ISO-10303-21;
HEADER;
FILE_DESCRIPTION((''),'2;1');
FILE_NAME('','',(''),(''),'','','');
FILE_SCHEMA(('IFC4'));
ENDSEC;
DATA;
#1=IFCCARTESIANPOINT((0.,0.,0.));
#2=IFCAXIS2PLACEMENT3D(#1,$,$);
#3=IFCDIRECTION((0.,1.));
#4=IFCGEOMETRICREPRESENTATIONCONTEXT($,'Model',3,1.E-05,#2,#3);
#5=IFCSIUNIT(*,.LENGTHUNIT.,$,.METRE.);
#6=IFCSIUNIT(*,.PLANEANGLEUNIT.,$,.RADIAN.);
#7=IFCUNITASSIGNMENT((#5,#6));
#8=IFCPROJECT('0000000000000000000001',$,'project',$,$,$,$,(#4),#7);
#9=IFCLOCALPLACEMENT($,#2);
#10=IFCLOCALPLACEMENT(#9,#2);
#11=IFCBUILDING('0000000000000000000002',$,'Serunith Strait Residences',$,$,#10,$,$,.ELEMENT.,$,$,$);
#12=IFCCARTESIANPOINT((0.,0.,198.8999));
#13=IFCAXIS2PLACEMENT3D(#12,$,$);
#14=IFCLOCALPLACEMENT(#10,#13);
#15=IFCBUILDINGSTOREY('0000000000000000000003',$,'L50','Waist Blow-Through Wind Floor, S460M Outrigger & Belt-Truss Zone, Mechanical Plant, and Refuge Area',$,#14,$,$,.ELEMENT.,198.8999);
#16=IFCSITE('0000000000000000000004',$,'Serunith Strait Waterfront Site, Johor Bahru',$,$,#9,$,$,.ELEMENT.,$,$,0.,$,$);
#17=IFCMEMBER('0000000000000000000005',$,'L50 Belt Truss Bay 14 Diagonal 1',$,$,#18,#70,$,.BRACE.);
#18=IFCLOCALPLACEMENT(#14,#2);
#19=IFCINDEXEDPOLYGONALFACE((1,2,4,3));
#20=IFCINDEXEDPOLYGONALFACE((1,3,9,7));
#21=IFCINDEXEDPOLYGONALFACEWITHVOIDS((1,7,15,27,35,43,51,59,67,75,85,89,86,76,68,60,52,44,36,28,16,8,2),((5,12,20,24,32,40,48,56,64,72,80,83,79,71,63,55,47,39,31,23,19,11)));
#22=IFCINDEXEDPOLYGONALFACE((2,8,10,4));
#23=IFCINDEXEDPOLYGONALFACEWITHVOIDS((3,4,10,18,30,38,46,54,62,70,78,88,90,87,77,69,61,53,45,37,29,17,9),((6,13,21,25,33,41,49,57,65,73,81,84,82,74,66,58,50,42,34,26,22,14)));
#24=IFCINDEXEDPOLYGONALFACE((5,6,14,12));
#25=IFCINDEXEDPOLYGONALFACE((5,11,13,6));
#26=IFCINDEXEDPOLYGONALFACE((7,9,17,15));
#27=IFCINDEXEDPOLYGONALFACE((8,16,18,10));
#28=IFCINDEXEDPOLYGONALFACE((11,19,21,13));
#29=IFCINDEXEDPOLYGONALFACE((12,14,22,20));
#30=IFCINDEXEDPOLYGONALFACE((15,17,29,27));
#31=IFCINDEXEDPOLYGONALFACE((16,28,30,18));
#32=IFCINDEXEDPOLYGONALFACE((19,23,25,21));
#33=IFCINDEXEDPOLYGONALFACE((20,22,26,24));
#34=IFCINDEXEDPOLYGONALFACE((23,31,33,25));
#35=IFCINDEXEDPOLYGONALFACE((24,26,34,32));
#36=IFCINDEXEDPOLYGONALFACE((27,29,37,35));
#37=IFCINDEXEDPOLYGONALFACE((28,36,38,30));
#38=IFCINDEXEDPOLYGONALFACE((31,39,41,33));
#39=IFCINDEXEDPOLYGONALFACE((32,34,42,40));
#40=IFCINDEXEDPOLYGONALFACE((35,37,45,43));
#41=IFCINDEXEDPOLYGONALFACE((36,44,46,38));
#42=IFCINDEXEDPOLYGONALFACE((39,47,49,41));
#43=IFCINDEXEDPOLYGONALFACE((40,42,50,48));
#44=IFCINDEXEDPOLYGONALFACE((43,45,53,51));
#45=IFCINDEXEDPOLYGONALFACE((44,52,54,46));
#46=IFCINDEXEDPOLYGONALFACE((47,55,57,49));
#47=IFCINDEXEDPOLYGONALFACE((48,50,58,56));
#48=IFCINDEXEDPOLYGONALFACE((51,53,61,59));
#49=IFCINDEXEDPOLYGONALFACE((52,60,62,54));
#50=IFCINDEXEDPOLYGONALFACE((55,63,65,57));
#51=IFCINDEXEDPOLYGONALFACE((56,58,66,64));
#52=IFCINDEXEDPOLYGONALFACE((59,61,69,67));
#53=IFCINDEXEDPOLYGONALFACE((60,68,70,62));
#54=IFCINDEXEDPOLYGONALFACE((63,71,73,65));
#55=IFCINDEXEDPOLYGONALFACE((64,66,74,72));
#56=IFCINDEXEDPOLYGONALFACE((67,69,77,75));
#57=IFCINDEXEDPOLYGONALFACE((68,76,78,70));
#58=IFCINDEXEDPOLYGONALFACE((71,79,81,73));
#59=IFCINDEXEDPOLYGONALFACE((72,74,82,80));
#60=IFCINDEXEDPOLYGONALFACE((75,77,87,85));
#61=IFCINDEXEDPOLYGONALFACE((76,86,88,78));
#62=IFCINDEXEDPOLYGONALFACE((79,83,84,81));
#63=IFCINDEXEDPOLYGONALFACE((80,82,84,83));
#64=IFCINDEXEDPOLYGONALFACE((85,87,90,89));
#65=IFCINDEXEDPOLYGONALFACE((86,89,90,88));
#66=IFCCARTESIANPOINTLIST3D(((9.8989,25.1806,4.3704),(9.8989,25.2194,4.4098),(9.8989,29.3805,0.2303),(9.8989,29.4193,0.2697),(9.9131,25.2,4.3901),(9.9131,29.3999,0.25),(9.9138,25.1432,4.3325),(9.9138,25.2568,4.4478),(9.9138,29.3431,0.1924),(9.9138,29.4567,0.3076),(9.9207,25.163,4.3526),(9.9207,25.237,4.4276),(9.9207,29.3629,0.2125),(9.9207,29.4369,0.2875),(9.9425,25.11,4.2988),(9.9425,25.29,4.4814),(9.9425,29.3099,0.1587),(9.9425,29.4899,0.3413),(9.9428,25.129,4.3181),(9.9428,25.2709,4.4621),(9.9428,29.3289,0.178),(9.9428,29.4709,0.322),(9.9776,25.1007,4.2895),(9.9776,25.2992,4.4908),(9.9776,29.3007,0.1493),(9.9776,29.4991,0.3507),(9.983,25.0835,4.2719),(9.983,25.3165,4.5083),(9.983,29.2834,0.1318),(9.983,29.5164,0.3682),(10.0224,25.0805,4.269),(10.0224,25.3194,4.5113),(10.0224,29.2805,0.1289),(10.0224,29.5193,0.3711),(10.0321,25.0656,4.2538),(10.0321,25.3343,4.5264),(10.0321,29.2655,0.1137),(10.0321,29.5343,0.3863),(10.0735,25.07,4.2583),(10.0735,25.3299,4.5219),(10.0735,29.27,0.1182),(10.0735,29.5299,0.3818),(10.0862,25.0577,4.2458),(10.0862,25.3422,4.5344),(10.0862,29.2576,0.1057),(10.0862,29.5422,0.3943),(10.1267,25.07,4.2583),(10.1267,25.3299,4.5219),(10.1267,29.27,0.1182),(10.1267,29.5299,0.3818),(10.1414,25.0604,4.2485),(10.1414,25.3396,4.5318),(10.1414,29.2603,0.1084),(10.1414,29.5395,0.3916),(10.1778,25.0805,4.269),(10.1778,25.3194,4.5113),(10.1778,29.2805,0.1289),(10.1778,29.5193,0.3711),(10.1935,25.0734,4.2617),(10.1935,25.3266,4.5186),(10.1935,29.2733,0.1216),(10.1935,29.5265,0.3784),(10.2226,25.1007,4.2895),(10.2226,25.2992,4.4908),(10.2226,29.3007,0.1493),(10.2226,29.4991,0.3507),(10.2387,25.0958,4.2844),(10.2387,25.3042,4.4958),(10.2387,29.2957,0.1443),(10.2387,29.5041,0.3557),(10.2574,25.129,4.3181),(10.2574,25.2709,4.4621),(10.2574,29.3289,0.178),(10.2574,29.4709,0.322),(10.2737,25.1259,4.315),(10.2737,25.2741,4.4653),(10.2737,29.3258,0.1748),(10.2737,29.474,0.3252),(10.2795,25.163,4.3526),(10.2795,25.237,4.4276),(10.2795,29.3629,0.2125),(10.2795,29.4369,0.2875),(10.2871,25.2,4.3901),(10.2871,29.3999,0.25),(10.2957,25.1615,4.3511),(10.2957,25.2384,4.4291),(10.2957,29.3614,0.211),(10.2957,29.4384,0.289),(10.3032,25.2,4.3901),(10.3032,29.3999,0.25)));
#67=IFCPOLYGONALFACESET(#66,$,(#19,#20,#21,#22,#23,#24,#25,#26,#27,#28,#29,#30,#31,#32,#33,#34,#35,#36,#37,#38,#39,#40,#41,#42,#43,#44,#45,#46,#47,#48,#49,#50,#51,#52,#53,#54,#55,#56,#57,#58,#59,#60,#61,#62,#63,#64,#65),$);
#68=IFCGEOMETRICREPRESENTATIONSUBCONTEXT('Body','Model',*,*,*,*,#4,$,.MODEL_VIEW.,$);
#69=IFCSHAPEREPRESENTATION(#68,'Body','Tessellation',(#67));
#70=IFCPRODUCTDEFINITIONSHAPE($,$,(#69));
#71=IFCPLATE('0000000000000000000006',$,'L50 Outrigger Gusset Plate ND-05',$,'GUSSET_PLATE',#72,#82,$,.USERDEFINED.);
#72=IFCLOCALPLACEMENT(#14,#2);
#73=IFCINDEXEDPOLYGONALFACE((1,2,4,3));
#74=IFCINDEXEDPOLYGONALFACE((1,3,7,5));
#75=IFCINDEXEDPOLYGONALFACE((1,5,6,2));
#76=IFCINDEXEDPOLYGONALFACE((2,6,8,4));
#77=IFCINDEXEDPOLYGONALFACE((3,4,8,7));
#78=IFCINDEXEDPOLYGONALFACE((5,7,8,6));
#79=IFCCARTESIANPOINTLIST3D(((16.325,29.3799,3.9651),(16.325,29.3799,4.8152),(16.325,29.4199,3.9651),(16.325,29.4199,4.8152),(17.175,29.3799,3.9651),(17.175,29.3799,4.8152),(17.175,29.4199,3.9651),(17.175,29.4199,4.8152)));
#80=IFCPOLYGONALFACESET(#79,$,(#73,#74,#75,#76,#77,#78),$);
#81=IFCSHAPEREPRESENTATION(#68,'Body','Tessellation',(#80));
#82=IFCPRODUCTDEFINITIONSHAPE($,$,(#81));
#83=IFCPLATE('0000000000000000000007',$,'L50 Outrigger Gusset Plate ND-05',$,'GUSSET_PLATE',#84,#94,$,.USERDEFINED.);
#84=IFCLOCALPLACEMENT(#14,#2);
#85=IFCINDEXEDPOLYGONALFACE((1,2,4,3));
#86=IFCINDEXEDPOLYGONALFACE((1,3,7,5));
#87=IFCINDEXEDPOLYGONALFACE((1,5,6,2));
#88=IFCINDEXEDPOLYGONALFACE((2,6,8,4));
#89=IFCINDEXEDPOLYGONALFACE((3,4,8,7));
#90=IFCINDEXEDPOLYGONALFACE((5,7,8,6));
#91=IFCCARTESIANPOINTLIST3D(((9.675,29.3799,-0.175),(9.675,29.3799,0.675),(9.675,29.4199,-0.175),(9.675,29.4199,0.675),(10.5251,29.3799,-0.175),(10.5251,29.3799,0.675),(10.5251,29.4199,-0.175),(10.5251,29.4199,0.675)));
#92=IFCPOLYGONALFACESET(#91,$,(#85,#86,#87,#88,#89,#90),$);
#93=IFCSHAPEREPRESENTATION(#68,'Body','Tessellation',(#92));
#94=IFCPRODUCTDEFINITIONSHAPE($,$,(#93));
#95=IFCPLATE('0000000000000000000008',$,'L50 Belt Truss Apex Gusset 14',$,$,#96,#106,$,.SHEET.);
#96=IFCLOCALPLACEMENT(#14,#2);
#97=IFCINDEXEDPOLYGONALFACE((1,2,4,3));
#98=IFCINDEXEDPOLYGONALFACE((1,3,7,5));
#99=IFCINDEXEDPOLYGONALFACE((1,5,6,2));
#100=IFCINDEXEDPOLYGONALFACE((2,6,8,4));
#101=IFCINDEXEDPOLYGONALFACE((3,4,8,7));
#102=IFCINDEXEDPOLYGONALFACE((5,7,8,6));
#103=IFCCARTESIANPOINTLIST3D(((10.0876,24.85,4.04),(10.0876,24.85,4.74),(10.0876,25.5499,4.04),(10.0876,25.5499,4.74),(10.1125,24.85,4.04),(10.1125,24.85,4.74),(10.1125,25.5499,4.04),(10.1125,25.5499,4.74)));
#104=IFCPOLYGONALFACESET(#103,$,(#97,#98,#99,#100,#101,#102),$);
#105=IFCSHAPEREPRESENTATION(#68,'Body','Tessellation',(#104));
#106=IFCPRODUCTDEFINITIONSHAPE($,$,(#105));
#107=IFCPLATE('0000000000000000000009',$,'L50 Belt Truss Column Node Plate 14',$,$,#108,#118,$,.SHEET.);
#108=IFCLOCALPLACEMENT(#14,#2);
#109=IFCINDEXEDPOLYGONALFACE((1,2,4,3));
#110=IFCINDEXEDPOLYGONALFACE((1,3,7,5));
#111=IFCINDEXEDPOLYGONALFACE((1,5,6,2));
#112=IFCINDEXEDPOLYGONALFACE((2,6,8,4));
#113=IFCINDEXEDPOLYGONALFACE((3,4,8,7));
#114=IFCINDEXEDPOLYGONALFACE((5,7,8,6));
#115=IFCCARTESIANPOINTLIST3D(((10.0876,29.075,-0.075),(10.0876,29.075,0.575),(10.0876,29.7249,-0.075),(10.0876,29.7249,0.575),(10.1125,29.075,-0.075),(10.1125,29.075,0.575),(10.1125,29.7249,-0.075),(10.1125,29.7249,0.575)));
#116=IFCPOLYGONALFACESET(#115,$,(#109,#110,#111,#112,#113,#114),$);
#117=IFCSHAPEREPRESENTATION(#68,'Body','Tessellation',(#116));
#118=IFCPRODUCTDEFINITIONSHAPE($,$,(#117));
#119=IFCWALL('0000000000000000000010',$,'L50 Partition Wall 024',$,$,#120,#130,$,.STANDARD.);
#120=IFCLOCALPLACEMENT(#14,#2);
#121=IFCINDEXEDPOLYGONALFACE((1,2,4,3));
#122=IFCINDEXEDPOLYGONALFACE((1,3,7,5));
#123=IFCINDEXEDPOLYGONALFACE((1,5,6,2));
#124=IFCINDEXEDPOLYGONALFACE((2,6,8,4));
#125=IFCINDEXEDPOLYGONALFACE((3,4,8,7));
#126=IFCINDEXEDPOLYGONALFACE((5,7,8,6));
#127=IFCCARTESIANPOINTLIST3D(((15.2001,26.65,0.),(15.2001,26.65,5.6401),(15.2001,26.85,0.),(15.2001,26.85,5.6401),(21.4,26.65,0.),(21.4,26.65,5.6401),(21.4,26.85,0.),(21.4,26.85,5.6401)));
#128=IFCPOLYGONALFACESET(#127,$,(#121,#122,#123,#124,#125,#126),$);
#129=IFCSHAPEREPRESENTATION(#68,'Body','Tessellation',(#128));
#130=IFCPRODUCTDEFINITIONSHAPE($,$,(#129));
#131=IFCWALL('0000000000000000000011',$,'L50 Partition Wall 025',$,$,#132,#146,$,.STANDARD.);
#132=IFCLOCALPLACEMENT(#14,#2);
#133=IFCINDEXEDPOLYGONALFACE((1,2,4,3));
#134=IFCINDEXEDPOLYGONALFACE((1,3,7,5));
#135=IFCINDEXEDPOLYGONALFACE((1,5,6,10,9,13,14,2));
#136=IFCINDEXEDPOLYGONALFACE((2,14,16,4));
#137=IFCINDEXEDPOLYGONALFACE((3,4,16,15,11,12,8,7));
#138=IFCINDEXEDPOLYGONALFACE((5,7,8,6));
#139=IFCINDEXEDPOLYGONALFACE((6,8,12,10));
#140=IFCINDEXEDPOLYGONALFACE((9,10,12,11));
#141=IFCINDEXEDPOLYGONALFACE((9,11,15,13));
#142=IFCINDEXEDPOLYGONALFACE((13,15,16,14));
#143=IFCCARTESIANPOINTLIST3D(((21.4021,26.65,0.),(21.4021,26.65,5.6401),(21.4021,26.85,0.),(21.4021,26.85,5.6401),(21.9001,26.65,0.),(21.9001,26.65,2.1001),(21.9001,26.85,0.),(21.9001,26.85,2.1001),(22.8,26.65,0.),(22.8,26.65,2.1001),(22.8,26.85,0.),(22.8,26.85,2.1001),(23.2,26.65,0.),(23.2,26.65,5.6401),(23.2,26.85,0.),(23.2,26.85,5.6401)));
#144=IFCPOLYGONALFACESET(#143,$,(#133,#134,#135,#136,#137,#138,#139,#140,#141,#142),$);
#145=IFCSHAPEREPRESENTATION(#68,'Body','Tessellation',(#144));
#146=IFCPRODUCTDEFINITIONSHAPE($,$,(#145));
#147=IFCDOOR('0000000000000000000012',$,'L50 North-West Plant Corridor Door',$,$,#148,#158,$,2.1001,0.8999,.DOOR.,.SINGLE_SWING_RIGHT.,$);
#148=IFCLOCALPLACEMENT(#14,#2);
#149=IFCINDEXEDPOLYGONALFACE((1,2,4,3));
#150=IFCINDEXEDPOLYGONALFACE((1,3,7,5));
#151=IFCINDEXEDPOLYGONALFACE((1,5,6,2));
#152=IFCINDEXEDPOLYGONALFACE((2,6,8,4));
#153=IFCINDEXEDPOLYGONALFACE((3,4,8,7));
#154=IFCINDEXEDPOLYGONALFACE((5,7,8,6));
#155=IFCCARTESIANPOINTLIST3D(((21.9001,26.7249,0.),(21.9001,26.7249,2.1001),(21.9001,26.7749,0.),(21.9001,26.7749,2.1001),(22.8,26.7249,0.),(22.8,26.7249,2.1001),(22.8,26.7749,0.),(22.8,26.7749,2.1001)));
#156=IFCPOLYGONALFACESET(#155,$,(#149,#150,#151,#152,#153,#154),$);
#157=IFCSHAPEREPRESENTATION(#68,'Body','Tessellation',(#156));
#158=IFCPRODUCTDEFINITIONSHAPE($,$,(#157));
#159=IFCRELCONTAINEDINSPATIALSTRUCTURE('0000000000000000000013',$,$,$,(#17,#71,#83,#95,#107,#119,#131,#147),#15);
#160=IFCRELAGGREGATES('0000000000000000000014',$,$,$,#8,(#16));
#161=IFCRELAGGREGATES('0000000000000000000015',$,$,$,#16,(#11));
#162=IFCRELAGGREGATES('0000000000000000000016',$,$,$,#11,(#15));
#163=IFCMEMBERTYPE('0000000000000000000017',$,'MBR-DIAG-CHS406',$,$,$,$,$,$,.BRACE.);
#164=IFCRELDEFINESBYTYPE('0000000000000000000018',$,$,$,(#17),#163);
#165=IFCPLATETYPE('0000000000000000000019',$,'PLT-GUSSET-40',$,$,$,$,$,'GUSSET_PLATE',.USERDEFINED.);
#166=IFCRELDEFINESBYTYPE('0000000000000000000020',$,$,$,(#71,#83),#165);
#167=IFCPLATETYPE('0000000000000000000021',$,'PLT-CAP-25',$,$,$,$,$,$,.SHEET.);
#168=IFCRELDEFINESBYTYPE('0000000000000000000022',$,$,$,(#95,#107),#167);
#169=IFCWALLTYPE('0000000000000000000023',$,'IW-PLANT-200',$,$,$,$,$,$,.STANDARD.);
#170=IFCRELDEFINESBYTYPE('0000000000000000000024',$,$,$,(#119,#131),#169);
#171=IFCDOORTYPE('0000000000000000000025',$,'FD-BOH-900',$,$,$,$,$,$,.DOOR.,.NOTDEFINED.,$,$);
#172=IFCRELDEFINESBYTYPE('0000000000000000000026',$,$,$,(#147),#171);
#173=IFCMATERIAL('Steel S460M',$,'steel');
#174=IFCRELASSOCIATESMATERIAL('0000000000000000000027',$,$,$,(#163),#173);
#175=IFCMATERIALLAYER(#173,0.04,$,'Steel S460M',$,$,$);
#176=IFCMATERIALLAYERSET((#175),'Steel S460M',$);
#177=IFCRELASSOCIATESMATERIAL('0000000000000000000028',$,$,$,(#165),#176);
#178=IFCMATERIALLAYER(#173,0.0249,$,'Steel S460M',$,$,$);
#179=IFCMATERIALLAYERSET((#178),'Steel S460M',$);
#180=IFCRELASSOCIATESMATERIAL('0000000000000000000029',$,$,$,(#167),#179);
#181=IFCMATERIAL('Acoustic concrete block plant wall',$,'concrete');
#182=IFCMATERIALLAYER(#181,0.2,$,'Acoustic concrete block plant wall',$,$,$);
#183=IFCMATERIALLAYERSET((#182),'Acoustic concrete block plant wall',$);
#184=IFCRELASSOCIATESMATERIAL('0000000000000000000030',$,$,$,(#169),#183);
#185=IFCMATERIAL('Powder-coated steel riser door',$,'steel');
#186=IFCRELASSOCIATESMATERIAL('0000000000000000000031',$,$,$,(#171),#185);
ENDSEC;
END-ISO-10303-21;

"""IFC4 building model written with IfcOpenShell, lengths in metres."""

from ifc_helpers import new_model, si_unit, direction, frame, frame_2d, origin, origin_2d, place, context, subcontext, project, spatial, rectangle, hollow_circle, extrude, source, transform, mapped, material, layer, layer_set, material_profile, profile_set, type_object, element, fill, save


model = new_model("IFC4")

# Units and contexts
model_context = context("Model", 3, precision=1e-05, world=origin(), true_north=direction((0.0, 1.0)))
body_context = subcontext(model_context, "Body", "Model", "MODEL_VIEW")
ifc_project = project(units=[si_unit("LENGTHUNIT", "METRE"), si_unit("PLANEANGLEUNIT", "RADIAN")], contexts=[model_context])

# Site, building, storey
site_placement = place(None, origin())
site = spatial("IfcSite", under=ifc_project, at=site_placement, Name="Serunith Strait Waterfront Site, Johor Bahru", CompositionType="ELEMENT", RefElevation=0.0)
building_placement = place(site_placement, origin())
building = spatial("IfcBuilding", under=site, at=building_placement, Name="Serunith Strait Residences", CompositionType="ELEMENT")
storey_placement = place(building_placement, frame((0.0, 0.0, 198.8999)))
storey = spatial("IfcBuildingStorey", under=building, at=storey_placement, Name="L50", Description="Waist Blow-Through Wind Floor, S460M Outrigger & Belt-Truss Zone, Mechanical Plant, and Refuge Area", CompositionType="ELEMENT", Elevation=198.8999)

# Member
ifc_material_1 = material(Name="Steel S460M", Category="steel")
ifc_material_profile_1 = material_profile(ifc_material_1, hollow_circle(Radius=0.2031, WallThickness=0.0161, at=origin_2d()), Name="CHS 406.4x16")
ifc_profile_set_1 = profile_set([ifc_material_profile_1], Name="Steel S460M")
member_type_1 = type_object("IfcMemberType", Name="MBR-DIAG-CHS406", PredefinedType="BRACE", material=ifc_profile_set_1)
shared_shape_1 = source(origin(), body_context, "Body", "SweptSolid", [
    extrude(hollow_circle(Radius=0.2031, WallThickness=0.0161, at=origin_2d()), origin(), (0.0, 0.0, 1.0), 5.8975),
])
member_1_placement = place(storey_placement, frame((10.1001, 29.3999, 0.25), z_axis=(0.0, -0.71216, 0.702017), x_axis=(1.0, 0.0, 0.0)))
element("IfcMember", 1, at=member_1_placement, inside=storey, type_object=member_type_1, Name="L50 Belt Truss Bay 14 Diagonal 1", PredefinedType="BRACE", context=body_context, shape_type="MappedRepresentation", body=[
    mapped(shared_shape_1, transform((0.0, 0.0, 0.0), scale=1.0)),
])

# Plates
ifc_layer_1 = layer(ifc_material_1, 0.04, Name="Steel S460M")
ifc_layer_set_1 = layer_set([ifc_layer_1], Name="Steel S460M")
plate_type_1 = type_object("IfcPlateType", Name="PLT-GUSSET-40", ElementType="GUSSET_PLATE", PredefinedType="USERDEFINED", material=ifc_layer_set_1)
shared_shape_2 = source(origin(), body_context, "Body", "SweptSolid", [
    extrude(rectangle(XDim=0.8501, YDim=0.04, at=origin_2d()), origin(), (0.0, 0.0, 1.0), 0.8501),
])
for number, where, z_axis, x_axis, name in (
    (2, (16.75, 29.3999, 3.9651), (0.0, 0.0, 1.0), (-1.0, 0.0, 0.0), "L50 Outrigger Gusset Plate ND-05"),
    (3, (10.1001, 29.3999, -0.175), (0.0, 0.0, 1.0), (-1.0, 0.0, 0.0), "L50 Outrigger Gusset Plate ND-05"),
):
    element("IfcPlate", number, at=place(storey_placement, frame(where, z_axis=z_axis, x_axis=x_axis)), inside=storey, type_object=plate_type_1, Name=name, ObjectType="GUSSET_PLATE", PredefinedType="USERDEFINED", context=body_context, shape_type="MappedRepresentation", body=[
        mapped(shared_shape_2, transform((0.0, 0.0, 0.0), scale=1.0)),
    ])
ifc_layer_2 = layer(ifc_material_1, 0.0249, Name="Steel S460M")
ifc_layer_set_2 = layer_set([ifc_layer_2], Name="Steel S460M")
plate_type_2 = type_object("IfcPlateType", Name="PLT-CAP-25", PredefinedType="SHEET", material=ifc_layer_set_2)
shared_shape_3 = source(origin(), body_context, "Body", "SweptSolid", [
    extrude(rectangle(XDim=0.7, YDim=0.0249, at=origin_2d()), origin(), (0.0, 0.0, 1.0), 0.7),
])
plate_1_placement = place(storey_placement, frame((10.1001, 25.2, 4.04), z_axis=(0.0, 0.0, 1.0), x_axis=(0.0, -1.0, 0.0)))
element("IfcPlate", 4, at=plate_1_placement, inside=storey, type_object=plate_type_2, Name="L50 Belt Truss Apex Gusset 14", PredefinedType="SHEET", context=body_context, shape_type="MappedRepresentation", body=[
    mapped(shared_shape_3, transform((0.0, 0.0, 0.0), scale=1.0)),
])
shared_shape_4 = source(origin(), body_context, "Body", "SweptSolid", [
    extrude(rectangle(XDim=0.6499, YDim=0.0249, at=origin_2d()), origin(), (0.0, 0.0, 1.0), 0.6499),
])
plate_2_placement = place(storey_placement, frame((10.1001, 29.3999, -0.075), z_axis=(0.0, 0.0, 1.0), x_axis=(0.0, -1.0, 0.0)))
element("IfcPlate", 5, at=plate_2_placement, inside=storey, type_object=plate_type_2, Name="L50 Belt Truss Column Node Plate 14", PredefinedType="SHEET", context=body_context, shape_type="MappedRepresentation", body=[
    mapped(shared_shape_4, transform((0.0, 0.0, 0.0), scale=1.0)),
])

# Wall
ifc_material_2 = material(Name="Acoustic concrete block plant wall", Category="concrete")
ifc_layer_3 = layer(ifc_material_2, 0.2, Name="Acoustic concrete block plant wall")
ifc_layer_set_3 = layer_set([ifc_layer_3], Name="Acoustic concrete block plant wall")
wall_type_1 = type_object("IfcWallType", Name="IW-PLANT-200", PredefinedType="STANDARD", material=ifc_layer_set_3)
wall_1_placement = place(storey_placement, frame((15.2, 26.75, 0.0), z_axis=(0.0, 0.0, 1.0), x_axis=(1.0, 0.0, 0.0)))
element("IfcWall", 6, at=wall_1_placement, inside=storey, type_object=wall_type_1, Name="L50 Partition Wall 024", PredefinedType="STANDARD", context=body_context, shape_type="SweptSolid", body=[
    extrude(rectangle(XDim=6.2, YDim=0.2, at=frame_2d((3.1001, 0.0))), origin(), (0.0, 0.0, 1.0), 5.6401),
])

# Wall, opening, door
wall_2_placement = place(storey_placement, frame((21.4021, 26.75, 0.0), z_axis=(0.0, 0.0, 1.0), x_axis=(1.0, 0.0, 0.0)))
wall_2 = element("IfcWall", 7, at=wall_2_placement, inside=storey, type_object=wall_type_1, Name="L50 Partition Wall 025", PredefinedType="STANDARD", context=body_context, shape_type="SweptSolid", body=[
    extrude(rectangle(XDim=1.7979, YDim=0.2, at=frame_2d((0.8989, 0.0))), origin(), (0.0, 0.0, 1.0), 5.6401),
])
opening_1_placement = place(wall_2_placement, frame((0.498, 0.0, 0.0)))
opening_1 = element("IfcOpeningElement", 8, at=opening_1_placement, cuts=wall_2, PredefinedType="OPENING", context=body_context, shape_type="SweptSolid", body=[
    extrude(rectangle(XDim=0.8999, YDim=2.1001, at=frame_2d((0.45, 1.05))), frame((0.0, 0.1099, 0.0), z_axis=(0.0, -1.0, 0.0), x_axis=(1.0, 0.0, 0.0)), (0.0, 0.0, 1.0), 0.22),
])
ifc_material_3 = material(Name="Powder-coated steel riser door", Category="steel")
door_type_1 = type_object("IfcDoorType", Name="FD-BOH-900", OperationType="NOTDEFINED", PredefinedType="DOOR", material=ifc_material_3)
shared_shape_5 = source(origin(), body_context, "Body", "SweptSolid", [
    extrude(rectangle(XDim=0.8999, YDim=2.1001, at=frame_2d((0.45, 1.05))), frame((0.0, 0.0249, 0.0), z_axis=(0.0, -1.0, 0.0), x_axis=(1.0, 0.0, 0.0)), (0.0, 0.0, 1.0), 0.05),
])
door_1_placement = place(opening_1_placement, origin())
door_1 = element("IfcDoor", 9, at=door_1_placement, inside=storey, type_object=door_type_1, Name="L50 North-West Plant Corridor Door", OperationType="SINGLE_SWING_RIGHT", OverallHeight=2.1001, OverallWidth=0.8999, PredefinedType="DOOR", context=body_context, shape_type="MappedRepresentation", body=[
    mapped(shared_shape_5, transform((0.0, 0.0, 0.0), scale=1.0)),
])
fill(opening_1, door_1)

save(model, "model.ifc")
